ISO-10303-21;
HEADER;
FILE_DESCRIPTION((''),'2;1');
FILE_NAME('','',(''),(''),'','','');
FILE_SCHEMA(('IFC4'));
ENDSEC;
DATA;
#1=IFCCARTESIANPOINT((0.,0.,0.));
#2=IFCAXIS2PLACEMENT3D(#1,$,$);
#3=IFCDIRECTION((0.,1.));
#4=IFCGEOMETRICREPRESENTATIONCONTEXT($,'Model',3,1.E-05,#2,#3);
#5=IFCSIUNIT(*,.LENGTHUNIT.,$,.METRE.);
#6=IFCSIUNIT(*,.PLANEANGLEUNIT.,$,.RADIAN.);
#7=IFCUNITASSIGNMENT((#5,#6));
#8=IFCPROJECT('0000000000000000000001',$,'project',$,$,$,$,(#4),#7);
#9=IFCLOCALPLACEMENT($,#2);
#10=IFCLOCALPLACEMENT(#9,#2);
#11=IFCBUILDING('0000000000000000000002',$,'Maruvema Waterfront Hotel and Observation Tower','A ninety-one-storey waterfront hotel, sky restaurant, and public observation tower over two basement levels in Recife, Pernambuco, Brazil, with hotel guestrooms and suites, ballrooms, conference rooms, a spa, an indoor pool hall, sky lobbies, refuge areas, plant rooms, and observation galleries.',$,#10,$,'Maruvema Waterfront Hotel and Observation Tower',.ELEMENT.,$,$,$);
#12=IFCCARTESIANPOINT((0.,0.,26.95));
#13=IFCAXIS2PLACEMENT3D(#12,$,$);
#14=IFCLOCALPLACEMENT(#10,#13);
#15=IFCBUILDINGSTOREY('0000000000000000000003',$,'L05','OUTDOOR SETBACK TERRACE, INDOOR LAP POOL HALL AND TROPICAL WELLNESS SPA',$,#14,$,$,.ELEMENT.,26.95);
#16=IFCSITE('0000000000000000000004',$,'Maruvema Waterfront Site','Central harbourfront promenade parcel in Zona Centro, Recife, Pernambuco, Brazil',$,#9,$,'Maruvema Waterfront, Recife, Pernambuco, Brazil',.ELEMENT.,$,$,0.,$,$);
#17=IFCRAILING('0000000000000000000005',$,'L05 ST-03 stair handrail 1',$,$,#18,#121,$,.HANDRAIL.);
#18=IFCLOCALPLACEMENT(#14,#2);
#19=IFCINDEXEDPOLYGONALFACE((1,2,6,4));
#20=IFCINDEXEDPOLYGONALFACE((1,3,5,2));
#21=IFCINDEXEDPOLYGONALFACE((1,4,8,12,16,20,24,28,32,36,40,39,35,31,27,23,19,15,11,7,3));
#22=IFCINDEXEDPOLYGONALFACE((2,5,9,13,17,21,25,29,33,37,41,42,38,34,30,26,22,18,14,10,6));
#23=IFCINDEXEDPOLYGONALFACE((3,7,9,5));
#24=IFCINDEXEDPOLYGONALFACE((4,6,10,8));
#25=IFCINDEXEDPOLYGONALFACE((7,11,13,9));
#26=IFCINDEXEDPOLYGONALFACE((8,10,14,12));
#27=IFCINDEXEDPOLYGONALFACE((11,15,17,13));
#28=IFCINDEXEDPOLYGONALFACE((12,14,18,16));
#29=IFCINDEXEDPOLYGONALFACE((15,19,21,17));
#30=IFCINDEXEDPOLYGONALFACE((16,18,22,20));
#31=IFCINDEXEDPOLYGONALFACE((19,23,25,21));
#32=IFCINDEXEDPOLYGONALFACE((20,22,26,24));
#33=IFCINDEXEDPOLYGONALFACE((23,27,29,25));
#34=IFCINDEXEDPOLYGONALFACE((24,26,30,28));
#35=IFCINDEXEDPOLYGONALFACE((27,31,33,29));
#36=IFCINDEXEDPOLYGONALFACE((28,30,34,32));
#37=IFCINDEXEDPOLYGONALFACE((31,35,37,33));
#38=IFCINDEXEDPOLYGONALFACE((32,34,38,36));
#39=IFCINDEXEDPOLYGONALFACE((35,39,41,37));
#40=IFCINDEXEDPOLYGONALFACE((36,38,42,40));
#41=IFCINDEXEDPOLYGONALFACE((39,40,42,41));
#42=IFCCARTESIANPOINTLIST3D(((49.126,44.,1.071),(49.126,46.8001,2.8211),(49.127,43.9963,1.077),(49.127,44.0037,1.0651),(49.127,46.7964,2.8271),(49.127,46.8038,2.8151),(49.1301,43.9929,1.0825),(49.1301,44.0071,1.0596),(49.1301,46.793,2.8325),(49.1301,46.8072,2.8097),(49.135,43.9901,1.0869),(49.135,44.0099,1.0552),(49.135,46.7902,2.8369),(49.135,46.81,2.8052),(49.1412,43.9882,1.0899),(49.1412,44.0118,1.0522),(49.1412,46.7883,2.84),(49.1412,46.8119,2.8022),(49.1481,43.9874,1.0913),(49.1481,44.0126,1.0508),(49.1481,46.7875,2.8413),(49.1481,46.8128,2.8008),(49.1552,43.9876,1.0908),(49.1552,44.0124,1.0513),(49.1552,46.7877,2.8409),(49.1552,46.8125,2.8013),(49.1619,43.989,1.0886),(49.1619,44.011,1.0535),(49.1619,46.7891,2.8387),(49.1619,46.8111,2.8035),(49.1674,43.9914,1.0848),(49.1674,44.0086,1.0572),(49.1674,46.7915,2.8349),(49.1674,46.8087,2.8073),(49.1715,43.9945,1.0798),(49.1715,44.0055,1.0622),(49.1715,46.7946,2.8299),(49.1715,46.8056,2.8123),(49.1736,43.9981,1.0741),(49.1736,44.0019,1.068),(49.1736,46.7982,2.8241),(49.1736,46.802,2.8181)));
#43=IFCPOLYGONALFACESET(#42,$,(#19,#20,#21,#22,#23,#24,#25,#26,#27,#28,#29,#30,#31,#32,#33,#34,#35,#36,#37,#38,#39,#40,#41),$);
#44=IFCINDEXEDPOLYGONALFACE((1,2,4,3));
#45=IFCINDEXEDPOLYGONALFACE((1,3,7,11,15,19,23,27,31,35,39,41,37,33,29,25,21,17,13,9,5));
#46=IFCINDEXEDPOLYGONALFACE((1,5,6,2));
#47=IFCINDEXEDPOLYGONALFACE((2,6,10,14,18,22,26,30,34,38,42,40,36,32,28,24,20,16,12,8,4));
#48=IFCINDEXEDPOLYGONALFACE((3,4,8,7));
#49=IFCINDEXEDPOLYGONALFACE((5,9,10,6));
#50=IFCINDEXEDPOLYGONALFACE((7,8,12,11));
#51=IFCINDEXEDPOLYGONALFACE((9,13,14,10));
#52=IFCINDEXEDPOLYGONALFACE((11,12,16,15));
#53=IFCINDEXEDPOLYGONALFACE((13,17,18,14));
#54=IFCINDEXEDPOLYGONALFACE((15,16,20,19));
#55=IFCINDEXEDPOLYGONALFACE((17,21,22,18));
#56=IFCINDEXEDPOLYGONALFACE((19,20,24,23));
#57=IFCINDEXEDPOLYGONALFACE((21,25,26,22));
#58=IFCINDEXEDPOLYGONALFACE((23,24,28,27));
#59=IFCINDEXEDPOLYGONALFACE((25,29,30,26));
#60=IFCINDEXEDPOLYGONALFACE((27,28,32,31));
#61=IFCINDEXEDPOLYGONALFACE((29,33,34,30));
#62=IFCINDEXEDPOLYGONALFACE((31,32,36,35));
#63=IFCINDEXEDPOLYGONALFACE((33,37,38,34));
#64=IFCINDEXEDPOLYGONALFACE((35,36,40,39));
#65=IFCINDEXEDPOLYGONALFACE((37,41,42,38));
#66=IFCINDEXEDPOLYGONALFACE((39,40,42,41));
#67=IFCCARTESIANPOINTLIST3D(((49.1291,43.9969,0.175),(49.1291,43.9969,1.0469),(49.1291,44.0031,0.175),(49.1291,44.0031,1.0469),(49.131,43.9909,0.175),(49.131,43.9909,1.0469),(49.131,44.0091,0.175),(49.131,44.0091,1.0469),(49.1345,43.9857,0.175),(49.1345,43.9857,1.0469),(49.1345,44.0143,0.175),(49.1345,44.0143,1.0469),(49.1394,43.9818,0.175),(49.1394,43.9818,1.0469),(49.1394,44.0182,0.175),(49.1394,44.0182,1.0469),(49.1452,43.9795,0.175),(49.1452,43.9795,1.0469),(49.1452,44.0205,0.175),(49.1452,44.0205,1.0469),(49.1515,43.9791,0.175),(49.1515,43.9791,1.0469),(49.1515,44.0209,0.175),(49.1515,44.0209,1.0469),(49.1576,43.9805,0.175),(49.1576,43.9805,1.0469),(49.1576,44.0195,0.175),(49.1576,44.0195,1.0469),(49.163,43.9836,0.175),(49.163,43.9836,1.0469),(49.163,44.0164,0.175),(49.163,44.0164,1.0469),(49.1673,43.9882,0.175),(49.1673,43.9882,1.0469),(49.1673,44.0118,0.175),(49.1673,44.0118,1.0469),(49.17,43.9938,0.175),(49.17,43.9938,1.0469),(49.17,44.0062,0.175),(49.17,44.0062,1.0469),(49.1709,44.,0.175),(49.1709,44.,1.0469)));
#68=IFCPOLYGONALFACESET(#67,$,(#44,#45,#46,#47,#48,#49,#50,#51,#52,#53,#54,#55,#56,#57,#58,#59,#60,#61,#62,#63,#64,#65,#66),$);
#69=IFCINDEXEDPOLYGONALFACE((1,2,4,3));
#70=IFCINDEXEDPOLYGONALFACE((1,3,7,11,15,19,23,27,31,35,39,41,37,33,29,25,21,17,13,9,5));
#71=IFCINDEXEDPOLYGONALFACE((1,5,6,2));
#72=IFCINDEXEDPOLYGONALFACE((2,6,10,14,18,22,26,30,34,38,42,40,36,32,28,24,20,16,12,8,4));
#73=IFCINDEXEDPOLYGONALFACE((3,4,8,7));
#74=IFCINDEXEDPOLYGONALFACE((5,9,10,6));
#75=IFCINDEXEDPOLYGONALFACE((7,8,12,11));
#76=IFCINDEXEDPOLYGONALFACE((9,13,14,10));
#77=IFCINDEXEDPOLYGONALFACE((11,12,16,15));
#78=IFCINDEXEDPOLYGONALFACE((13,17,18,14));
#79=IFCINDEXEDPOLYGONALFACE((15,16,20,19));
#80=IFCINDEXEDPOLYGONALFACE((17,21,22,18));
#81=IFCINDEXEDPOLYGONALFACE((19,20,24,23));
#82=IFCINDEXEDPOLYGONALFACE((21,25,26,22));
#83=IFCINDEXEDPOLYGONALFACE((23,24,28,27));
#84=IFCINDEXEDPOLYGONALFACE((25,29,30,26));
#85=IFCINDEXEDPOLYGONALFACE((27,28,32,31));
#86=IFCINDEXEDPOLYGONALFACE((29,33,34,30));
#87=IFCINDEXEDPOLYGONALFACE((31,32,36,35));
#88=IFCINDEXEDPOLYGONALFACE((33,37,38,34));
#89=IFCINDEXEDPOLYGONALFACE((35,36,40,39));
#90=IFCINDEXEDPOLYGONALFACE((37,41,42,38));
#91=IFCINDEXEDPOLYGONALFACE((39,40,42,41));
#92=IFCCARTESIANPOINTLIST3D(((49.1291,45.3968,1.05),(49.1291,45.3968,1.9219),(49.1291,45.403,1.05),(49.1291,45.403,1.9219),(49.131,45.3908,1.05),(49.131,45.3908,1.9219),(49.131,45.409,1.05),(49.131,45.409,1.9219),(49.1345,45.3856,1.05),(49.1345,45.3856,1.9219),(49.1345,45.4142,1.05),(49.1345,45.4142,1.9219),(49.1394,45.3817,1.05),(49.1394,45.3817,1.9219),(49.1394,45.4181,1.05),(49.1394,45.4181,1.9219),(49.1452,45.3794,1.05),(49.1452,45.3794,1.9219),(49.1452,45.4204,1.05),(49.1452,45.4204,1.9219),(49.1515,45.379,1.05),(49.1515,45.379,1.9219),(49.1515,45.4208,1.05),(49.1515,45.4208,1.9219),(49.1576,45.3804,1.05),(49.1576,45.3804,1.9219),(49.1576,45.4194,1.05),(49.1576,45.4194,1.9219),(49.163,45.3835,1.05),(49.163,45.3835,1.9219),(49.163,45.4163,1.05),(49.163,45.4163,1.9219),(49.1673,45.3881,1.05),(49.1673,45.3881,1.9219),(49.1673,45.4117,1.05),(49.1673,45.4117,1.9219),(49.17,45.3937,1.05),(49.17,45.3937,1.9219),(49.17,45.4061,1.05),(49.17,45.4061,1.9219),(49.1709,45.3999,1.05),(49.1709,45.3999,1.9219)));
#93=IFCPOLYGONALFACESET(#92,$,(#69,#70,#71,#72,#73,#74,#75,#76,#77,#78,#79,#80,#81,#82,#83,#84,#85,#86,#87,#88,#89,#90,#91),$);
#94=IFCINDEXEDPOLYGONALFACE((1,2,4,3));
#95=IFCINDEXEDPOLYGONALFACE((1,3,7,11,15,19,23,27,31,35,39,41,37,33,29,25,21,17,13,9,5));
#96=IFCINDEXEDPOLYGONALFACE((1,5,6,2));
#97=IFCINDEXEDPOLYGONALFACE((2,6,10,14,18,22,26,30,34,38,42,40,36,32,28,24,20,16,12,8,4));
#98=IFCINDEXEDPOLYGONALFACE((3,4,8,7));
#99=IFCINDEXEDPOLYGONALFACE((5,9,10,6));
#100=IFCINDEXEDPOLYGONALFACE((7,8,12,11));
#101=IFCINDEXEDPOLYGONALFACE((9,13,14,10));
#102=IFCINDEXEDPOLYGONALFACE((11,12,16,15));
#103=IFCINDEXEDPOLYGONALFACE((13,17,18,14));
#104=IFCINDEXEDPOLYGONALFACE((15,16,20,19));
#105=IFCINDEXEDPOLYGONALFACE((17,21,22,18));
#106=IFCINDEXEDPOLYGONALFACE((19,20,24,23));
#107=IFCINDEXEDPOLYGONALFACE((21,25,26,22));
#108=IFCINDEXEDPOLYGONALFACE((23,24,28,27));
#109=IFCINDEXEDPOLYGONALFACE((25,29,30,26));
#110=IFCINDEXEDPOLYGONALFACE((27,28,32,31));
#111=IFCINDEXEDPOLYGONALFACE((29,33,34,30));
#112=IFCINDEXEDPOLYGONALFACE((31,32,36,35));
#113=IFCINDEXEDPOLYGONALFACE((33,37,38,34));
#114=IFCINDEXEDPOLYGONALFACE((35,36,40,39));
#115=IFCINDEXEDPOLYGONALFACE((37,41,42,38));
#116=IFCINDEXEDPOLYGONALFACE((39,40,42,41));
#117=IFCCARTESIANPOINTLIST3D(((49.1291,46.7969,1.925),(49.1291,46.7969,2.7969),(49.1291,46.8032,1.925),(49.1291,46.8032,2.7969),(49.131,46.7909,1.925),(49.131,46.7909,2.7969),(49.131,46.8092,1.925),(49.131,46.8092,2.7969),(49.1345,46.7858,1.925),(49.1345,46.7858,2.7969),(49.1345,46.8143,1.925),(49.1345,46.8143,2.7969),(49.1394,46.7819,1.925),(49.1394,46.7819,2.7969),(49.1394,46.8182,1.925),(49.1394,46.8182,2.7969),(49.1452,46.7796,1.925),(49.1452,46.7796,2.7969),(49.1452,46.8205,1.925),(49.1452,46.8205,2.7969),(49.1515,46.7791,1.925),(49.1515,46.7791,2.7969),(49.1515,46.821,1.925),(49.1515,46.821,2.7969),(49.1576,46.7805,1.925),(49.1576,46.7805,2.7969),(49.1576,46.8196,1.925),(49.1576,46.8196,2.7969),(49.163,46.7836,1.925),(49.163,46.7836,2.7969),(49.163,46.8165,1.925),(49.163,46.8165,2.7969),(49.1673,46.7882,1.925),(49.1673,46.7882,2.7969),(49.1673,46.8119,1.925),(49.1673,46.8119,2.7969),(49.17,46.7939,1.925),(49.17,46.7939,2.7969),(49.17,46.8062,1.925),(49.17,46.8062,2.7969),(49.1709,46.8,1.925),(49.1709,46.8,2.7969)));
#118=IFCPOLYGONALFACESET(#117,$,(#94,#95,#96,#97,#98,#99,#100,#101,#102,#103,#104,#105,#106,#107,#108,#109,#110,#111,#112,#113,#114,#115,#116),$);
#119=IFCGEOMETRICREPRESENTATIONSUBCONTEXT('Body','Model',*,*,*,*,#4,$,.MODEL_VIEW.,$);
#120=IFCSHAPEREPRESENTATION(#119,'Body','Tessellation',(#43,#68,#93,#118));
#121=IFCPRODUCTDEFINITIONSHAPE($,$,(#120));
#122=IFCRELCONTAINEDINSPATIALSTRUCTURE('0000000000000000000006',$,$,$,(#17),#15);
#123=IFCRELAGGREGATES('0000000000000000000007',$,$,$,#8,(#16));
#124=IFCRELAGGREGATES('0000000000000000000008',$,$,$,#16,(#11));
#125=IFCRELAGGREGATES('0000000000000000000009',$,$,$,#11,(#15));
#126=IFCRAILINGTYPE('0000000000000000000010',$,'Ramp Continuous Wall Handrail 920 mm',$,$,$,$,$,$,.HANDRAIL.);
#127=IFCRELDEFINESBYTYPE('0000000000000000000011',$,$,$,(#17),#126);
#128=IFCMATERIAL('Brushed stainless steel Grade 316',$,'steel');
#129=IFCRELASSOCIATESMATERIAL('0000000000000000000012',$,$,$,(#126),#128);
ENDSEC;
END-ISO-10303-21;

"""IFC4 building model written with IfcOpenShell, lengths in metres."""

from ifc_helpers import new_model, si_unit, direction, frame, origin, origin_2d, place, context, subcontext, project, spatial, circle, extrude, material, type_object, element, save


model = new_model("IFC4")

# Units and contexts
model_context = context("Model", 3, precision=1e-05, world=origin(), true_north=direction((0.0, 1.0)))
body_context = subcontext(model_context, "Body", "Model", "MODEL_VIEW")
ifc_project = project(units=[si_unit("LENGTHUNIT", "METRE"), si_unit("PLANEANGLEUNIT", "RADIAN")], contexts=[model_context])

# Site, building, storey
site_placement = place(None, origin())
site = spatial("IfcSite", under=ifc_project, at=site_placement, Name="Maruvema Waterfront Site", Description="Central harbourfront promenade parcel in Zona Centro, Recife, Pernambuco, Brazil", LongName="Maruvema Waterfront, Recife, Pernambuco, Brazil", CompositionType="ELEMENT", RefElevation=0.0)
building_placement = place(site_placement, origin())
building = spatial("IfcBuilding", under=site, at=building_placement, Name="Maruvema Waterfront Hotel and Observation Tower", Description="A ninety-one-storey waterfront hotel, sky restaurant, and public observation tower over two basement levels in Recife, Pernambuco, Brazil, with hotel guestrooms and suites, ballrooms, conference rooms, a spa, an indoor pool hall, sky lobbies, refuge areas, plant rooms, and observation galleries.", LongName="Maruvema Waterfront Hotel and Observation Tower", CompositionType="ELEMENT")
storey_placement = place(building_placement, frame((0.0, 0.0, 26.95)))
storey = spatial("IfcBuildingStorey", under=building, at=storey_placement, Name="L05", Description="OUTDOOR SETBACK TERRACE, INDOOR LAP POOL HALL AND TROPICAL WELLNESS SPA", CompositionType="ELEMENT", Elevation=26.95)

# Railing
ifc_material_1 = material(Name="Brushed stainless steel Grade 316", Category="steel")
railing_type_1 = type_object("IfcRailingType", Name="Ramp Continuous Wall Handrail 920 mm", PredefinedType="HANDRAIL", material=ifc_material_1)
railing_1_placement = place(storey_placement, frame((49.1499, 44.0, 0.175)))
element("IfcRailing", 1, at=railing_1_placement, inside=storey, type_object=railing_type_1, Name="L05 ST-03 stair handrail 1", PredefinedType="HANDRAIL", context=body_context, shape_type="SweptSolid", body=[
    extrude(circle(Radius=0.0239, at=origin_2d()), frame((0.0, 0.0, 0.896), z_axis=(0.0, 0.848002, 0.529992), x_axis=(-1.0, 0.0, 0.0)), (0.0, 0.0, 1.0), 3.302),
    extrude(circle(Radius=0.021, at=origin_2d()), origin(), (0.0, 0.0, 1.0), 0.8718),
    extrude(circle(Radius=0.021, at=origin_2d()), frame((0.0, 1.3999, 0.875)), (0.0, 0.0, 1.0), 0.8718),
    extrude(circle(Radius=0.021, at=origin_2d()), frame((0.0, 2.8, 1.75)), (0.0, 0.0, 1.0), 0.8718),
])

save(model, "model.ifc")
